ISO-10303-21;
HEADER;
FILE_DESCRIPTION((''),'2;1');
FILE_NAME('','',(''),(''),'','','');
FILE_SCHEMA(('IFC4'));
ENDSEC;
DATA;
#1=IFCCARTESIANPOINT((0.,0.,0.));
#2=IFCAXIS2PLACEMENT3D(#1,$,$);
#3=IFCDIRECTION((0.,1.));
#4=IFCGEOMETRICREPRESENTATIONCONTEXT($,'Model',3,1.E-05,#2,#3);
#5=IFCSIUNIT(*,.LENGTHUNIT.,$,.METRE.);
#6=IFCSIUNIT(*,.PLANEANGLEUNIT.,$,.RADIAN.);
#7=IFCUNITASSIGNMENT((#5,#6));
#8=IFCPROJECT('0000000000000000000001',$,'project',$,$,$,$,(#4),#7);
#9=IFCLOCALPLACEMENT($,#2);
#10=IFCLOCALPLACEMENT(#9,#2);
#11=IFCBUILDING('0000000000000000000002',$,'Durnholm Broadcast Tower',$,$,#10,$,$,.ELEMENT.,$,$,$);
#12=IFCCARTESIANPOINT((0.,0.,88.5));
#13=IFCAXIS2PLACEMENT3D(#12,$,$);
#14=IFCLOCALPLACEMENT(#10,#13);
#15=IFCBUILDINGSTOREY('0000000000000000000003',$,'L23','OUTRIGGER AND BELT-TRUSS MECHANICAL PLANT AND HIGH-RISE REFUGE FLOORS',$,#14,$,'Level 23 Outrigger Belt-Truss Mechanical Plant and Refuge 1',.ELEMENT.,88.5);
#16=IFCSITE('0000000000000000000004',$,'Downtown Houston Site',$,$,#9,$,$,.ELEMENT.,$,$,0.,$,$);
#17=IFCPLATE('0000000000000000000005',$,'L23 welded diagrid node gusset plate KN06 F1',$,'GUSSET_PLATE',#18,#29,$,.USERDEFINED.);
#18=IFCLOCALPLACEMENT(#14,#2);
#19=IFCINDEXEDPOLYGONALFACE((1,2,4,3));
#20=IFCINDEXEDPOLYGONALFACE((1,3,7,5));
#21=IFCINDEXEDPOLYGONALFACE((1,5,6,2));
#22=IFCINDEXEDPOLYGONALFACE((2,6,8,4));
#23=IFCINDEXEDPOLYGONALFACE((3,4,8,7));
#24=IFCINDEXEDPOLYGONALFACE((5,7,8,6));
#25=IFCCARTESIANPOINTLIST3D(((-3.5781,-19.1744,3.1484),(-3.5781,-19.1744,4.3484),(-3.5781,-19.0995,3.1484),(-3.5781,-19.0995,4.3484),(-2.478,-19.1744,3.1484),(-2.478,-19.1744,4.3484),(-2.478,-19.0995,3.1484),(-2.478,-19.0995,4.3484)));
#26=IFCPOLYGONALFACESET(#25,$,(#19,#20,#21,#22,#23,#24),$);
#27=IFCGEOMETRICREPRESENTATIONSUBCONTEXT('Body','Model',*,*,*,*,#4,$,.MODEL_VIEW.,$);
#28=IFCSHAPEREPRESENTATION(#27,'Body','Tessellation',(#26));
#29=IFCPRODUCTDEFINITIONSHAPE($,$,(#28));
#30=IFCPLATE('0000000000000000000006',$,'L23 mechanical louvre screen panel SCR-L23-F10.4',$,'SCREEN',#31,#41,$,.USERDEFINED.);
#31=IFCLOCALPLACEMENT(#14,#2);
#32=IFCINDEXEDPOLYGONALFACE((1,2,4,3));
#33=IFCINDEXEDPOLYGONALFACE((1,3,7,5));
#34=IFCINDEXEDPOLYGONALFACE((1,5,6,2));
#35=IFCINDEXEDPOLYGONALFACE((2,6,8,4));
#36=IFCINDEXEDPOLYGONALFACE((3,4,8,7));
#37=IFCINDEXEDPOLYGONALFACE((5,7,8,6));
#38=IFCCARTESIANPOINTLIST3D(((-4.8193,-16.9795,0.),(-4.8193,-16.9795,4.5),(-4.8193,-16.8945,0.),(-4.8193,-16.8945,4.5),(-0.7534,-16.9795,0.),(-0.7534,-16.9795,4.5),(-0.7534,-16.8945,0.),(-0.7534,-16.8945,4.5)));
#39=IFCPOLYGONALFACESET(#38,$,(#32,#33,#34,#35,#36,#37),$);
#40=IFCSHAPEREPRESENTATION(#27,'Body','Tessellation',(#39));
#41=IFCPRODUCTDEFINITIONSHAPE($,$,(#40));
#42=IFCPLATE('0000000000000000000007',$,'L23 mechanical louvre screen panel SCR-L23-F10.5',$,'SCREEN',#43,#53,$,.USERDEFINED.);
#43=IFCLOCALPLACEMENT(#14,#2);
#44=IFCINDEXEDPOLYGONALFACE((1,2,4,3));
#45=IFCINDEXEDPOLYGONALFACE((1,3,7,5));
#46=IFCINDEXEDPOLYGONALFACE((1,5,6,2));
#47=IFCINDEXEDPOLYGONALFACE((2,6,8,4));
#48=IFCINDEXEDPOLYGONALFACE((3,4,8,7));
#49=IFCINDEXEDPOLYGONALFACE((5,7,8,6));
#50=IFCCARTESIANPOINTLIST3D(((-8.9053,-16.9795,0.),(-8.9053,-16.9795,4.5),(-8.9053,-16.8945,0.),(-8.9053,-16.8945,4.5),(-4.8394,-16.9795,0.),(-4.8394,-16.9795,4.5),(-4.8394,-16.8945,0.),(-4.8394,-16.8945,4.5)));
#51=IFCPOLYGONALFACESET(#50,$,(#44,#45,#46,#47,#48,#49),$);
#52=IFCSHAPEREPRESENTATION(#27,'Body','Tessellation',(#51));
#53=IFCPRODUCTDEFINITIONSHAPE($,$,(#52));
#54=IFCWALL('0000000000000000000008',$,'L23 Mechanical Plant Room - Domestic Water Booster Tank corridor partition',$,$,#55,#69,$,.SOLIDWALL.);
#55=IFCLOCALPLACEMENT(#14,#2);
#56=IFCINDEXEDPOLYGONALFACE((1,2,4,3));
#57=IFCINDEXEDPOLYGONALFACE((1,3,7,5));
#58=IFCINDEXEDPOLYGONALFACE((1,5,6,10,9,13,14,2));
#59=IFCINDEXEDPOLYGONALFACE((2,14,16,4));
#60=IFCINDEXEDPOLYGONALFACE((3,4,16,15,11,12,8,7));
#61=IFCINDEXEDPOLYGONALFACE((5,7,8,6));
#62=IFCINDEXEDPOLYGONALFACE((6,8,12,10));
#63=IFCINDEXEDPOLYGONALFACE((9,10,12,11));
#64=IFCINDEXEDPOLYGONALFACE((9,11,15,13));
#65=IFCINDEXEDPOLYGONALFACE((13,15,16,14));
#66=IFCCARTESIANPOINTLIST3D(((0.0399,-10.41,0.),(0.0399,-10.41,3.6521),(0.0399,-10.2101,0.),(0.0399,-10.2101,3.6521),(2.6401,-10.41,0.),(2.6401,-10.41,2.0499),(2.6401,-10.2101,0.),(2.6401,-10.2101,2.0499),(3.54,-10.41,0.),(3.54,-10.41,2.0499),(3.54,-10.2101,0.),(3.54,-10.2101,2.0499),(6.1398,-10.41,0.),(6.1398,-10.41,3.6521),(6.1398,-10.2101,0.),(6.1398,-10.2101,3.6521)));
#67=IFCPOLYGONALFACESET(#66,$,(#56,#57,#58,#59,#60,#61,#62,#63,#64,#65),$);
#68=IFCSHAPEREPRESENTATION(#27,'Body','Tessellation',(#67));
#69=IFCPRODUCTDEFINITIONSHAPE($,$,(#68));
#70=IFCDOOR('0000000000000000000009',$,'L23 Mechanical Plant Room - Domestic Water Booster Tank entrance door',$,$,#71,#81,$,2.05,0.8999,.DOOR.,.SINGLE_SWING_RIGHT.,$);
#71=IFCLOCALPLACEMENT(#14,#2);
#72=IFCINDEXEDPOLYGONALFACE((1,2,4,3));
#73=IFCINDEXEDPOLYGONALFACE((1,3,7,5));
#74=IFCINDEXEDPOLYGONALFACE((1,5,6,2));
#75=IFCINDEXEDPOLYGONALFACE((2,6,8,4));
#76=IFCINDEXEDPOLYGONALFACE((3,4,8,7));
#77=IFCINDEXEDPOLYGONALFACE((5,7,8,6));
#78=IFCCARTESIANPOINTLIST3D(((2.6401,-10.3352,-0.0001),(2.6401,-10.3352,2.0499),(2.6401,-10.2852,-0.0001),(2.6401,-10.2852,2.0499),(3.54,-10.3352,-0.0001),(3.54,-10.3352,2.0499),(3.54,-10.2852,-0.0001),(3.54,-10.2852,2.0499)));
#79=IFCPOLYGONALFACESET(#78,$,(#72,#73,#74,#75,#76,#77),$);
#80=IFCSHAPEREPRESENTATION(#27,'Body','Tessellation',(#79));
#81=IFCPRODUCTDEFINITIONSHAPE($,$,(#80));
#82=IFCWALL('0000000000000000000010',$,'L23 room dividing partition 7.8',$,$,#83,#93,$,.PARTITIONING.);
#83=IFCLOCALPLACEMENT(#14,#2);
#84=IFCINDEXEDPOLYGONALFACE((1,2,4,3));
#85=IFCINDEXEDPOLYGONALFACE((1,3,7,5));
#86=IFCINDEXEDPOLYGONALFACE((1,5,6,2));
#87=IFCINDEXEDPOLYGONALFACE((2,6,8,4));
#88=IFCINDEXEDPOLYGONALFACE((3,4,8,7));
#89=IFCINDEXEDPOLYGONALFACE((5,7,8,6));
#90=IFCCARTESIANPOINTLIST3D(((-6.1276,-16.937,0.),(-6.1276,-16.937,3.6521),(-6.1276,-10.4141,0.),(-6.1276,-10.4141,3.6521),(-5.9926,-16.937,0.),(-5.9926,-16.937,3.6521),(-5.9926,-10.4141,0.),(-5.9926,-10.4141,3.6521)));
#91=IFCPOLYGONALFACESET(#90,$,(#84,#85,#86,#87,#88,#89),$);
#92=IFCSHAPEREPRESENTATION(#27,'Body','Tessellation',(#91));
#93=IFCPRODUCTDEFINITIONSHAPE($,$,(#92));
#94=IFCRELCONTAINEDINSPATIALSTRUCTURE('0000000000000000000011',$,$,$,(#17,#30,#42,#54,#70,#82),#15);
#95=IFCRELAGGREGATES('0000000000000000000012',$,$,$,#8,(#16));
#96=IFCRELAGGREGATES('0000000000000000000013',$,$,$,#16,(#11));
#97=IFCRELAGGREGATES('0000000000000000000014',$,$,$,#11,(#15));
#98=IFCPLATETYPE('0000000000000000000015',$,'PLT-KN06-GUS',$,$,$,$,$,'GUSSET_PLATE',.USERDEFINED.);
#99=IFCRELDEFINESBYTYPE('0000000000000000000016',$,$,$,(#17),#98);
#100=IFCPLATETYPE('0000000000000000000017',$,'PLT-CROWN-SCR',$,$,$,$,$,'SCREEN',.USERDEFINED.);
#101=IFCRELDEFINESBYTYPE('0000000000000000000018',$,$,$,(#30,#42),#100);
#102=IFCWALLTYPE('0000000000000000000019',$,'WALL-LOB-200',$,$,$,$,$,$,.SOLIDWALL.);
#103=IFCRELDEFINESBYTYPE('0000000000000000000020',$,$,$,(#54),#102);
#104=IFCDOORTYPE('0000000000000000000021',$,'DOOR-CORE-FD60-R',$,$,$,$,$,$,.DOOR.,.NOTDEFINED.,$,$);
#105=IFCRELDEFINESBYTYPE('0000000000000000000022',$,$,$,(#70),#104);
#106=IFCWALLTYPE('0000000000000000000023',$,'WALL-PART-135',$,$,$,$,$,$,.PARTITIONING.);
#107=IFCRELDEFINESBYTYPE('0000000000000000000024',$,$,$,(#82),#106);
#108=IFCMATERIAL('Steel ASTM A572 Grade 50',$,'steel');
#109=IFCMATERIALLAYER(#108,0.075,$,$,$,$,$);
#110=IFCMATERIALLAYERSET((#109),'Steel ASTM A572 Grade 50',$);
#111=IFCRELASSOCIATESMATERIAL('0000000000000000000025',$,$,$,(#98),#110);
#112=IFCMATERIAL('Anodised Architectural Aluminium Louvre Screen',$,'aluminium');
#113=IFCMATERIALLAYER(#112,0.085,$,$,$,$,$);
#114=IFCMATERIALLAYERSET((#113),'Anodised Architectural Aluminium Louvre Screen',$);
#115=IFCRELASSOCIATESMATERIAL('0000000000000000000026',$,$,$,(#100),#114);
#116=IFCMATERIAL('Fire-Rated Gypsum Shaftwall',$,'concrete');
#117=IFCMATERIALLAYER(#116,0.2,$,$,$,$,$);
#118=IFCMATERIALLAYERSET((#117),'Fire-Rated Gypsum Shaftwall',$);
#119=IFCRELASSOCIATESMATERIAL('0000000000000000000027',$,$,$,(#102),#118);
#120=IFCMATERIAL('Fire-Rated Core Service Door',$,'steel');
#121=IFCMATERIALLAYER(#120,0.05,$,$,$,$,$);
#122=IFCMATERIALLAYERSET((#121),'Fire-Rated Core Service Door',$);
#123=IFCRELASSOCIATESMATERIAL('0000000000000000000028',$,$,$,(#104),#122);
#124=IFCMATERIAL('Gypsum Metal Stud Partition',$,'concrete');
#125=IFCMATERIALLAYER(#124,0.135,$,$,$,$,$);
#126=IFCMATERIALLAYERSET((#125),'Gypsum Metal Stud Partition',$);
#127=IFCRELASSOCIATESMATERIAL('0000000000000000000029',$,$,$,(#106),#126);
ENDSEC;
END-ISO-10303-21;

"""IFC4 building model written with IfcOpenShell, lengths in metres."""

from ifc_helpers import new_model, si_unit, direction, frame, frame_2d, origin, origin_2d, place, context, subcontext, project, spatial, rectangle, extrude, source, transform, mapped, material, layer, layer_set, type_object, type_shapes, element, fill, save


model = new_model("IFC4")

# Units and contexts
model_context = context("Model", 3, precision=1e-05, world=origin(), true_north=direction((0.0, 1.0)))
body_context = subcontext(model_context, "Body", "Model", "MODEL_VIEW")
ifc_project = project(units=[si_unit("LENGTHUNIT", "METRE"), si_unit("PLANEANGLEUNIT", "RADIAN")], contexts=[model_context])

# Site, building, storey
site_placement = place(None, origin())
site = spatial("IfcSite", under=ifc_project, at=site_placement, Name="Downtown Houston Site", CompositionType="ELEMENT", RefElevation=0.0)
building_placement = place(site_placement, origin())
building = spatial("IfcBuilding", under=site, at=building_placement, Name="Durnholm Broadcast Tower", CompositionType="ELEMENT")
storey_placement = place(building_placement, frame((0.0, 0.0, 88.5)))
storey = spatial("IfcBuildingStorey", under=building, at=storey_placement, Name="L23", Description="OUTRIGGER AND BELT-TRUSS MECHANICAL PLANT AND HIGH-RISE REFUGE FLOORS", LongName="Level 23 Outrigger Belt-Truss Mechanical Plant and Refuge 1", CompositionType="ELEMENT", Elevation=88.5)

# Plates
ifc_material_1 = material(Name="Steel ASTM A572 Grade 50", Category="steel")
ifc_layer_1 = layer(ifc_material_1, 0.075)
ifc_layer_set_1 = layer_set([ifc_layer_1], Name="Steel ASTM A572 Grade 50")
plate_type_1 = type_object("IfcPlateType", Name="PLT-KN06-GUS", ElementType="GUSSET_PLATE", PredefinedType="USERDEFINED", material=ifc_layer_set_1)
shared_shape_1 = source(origin(), body_context, "Body", "SweptSolid", [
    extrude(rectangle(XDim=1.1001, YDim=0.075, at=origin_2d()), origin(), (0.0, 0.0, 1.0), 1.2),
])
type_shapes(plate_type_1, [shared_shape_1])
plate_1_placement = place(storey_placement, frame((-3.0281, -19.137, 3.1484), z_axis=(0.0, 0.0, 1.0), x_axis=(1.0, 0.0, 0.0)))
element("IfcPlate", 1, at=plate_1_placement, inside=storey, type_object=plate_type_1, Name="L23 welded diagrid node gusset plate KN06 F1", ObjectType="GUSSET_PLATE", PredefinedType="USERDEFINED", context=body_context, shape_type="MappedRepresentation", body=[
    mapped(shared_shape_1, transform((0.0, 0.0, 0.0), x_axis=(1.0, 0.0, 0.0), y_axis=(0.0, 1.0, 0.0), z_axis=(0.0, 0.0, 1.0), scale=1.0)),
])
ifc_material_2 = material(Name="Anodised Architectural Aluminium Louvre Screen", Category="aluminium")
ifc_layer_2 = layer(ifc_material_2, 0.085)
ifc_layer_set_2 = layer_set([ifc_layer_2], Name="Anodised Architectural Aluminium Louvre Screen")
plate_type_2 = type_object("IfcPlateType", Name="PLT-CROWN-SCR", ElementType="SCREEN", PredefinedType="USERDEFINED", material=ifc_layer_set_2)
shared_shape_2 = source(origin(), body_context, "Body", "SweptSolid", [
    extrude(rectangle(XDim=4.0659, YDim=0.085, at=origin_2d()), origin(), (0.0, 0.0, 1.0), 4.5),
])
type_shapes(plate_type_2, [shared_shape_2])
for number, where, z_axis, x_axis, name in (
    (2, (-2.7864, -16.937, 0.0), (0.0, 0.0, 1.0), (-1.0, 0.0, 0.0), "L23 mechanical louvre screen panel SCR-L23-F10.4"),
    (3, (-6.8723, -16.937, 0.0), (0.0, 0.0, 1.0), (-1.0, 0.0, 0.0), "L23 mechanical louvre screen panel SCR-L23-F10.5"),
):
    element("IfcPlate", number, at=place(storey_placement, frame(where, z_axis=z_axis, x_axis=x_axis)), inside=storey, type_object=plate_type_2, Name=name, ObjectType="SCREEN", PredefinedType="USERDEFINED", context=body_context, shape_type="MappedRepresentation", body=[
        mapped(shared_shape_2, transform((0.0, 0.0, 0.0), x_axis=(1.0, 0.0, 0.0), y_axis=(0.0, 1.0, 0.0), z_axis=(0.0, 0.0, 1.0), scale=1.0)),
    ])

# Wall, opening, door
ifc_material_3 = material(Name="Fire-Rated Gypsum Shaftwall", Category="concrete")
ifc_layer_3 = layer(ifc_material_3, 0.2)
ifc_layer_set_3 = layer_set([ifc_layer_3], Name="Fire-Rated Gypsum Shaftwall")
wall_type_1 = type_object("IfcWallType", Name="WALL-LOB-200", PredefinedType="SOLIDWALL", material=ifc_layer_set_3)
wall_1_placement = place(storey_placement, frame((0.04, -10.3101, 0.0), z_axis=(0.0, 0.0, 1.0), x_axis=(1.0, 0.0, 0.0)))
wall_1 = element("IfcWall", 4, at=wall_1_placement, inside=storey, type_object=wall_type_1, Name="L23 Mechanical Plant Room - Domestic Water Booster Tank corridor partition", PredefinedType="SOLIDWALL", context=body_context, shape_type="SweptSolid", body=[
    extrude(rectangle(XDim=6.0999, YDim=0.2, at=frame_2d((3.0498, 0.0))), origin(), (0.0, 0.0, 1.0), 3.6521),
])
opening_1_placement = place(wall_1_placement, frame((2.6001, 0.0, 0.0)))
opening_1 = element("IfcOpeningElement", 5, at=opening_1_placement, cuts=wall_1, PredefinedType="OPENING", context=body_context, shape_type="SweptSolid", body=[
    extrude(rectangle(XDim=0.8999, YDim=2.05, at=frame_2d((0.45, 1.0249))), frame((0.0, 0.1099, 0.0), z_axis=(0.0, -1.0, 0.0), x_axis=(1.0, 0.0, 0.0)), (0.0, 0.0, 1.0), 0.22),
])
ifc_material_4 = material(Name="Fire-Rated Core Service Door", Category="steel")
ifc_layer_4 = layer(ifc_material_4, 0.05)
ifc_layer_set_4 = layer_set([ifc_layer_4], Name="Fire-Rated Core Service Door")
door_type_1 = type_object("IfcDoorType", Name="DOOR-CORE-FD60-R", OperationType="NOTDEFINED", PredefinedType="DOOR", material=ifc_layer_set_4)
shared_shape_3 = source(origin(), body_context, "Body", "SweptSolid", [
    extrude(rectangle(XDim=0.8999, YDim=2.05, at=frame_2d((0.45, 1.0249))), frame((0.0, 0.0249, 0.0), z_axis=(0.0, -1.0, 0.0), x_axis=(1.0, 0.0, 0.0)), (0.0, 0.0, 1.0), 0.05),
])
type_shapes(door_type_1, [shared_shape_3])
door_1_placement = place(opening_1_placement, origin())
door_1 = element("IfcDoor", 6, at=door_1_placement, inside=storey, type_object=door_type_1, Name="L23 Mechanical Plant Room - Domestic Water Booster Tank entrance door", OperationType="SINGLE_SWING_RIGHT", OverallHeight=2.05, OverallWidth=0.8999, PredefinedType="DOOR", context=body_context, shape_type="MappedRepresentation", body=[
    mapped(shared_shape_3, transform((0.0, 0.0, 0.0), x_axis=(1.0, 0.0, 0.0), y_axis=(0.0, 1.0, 0.0), z_axis=(0.0, 0.0, 1.0), scale=1.0)),
])
fill(opening_1, door_1)

# Wall
ifc_material_5 = material(Name="Gypsum Metal Stud Partition", Category="concrete")
ifc_layer_5 = layer(ifc_material_5, 0.135)
ifc_layer_set_5 = layer_set([ifc_layer_5], Name="Gypsum Metal Stud Partition")
wall_type_2 = type_object("IfcWallType", Name="WALL-PART-135", PredefinedType="PARTITIONING", material=ifc_layer_set_5)
wall_2_placement = place(storey_placement, frame((-6.0601, -10.4141, 0.0), z_axis=(0.0, 0.0, 1.0), x_axis=(0.0, -1.0, 0.0)))
element("IfcWall", 7, at=wall_2_placement, inside=storey, type_object=wall_type_2, Name="L23 room dividing partition 7.8", PredefinedType="PARTITIONING", context=body_context, shape_type="SweptSolid", body=[
    extrude(rectangle(XDim=6.5229, YDim=0.135, at=frame_2d((3.2615, 0.0))), origin(), (0.0, 0.0, 1.0), 3.6521),
])

save(model, "model.ifc")
